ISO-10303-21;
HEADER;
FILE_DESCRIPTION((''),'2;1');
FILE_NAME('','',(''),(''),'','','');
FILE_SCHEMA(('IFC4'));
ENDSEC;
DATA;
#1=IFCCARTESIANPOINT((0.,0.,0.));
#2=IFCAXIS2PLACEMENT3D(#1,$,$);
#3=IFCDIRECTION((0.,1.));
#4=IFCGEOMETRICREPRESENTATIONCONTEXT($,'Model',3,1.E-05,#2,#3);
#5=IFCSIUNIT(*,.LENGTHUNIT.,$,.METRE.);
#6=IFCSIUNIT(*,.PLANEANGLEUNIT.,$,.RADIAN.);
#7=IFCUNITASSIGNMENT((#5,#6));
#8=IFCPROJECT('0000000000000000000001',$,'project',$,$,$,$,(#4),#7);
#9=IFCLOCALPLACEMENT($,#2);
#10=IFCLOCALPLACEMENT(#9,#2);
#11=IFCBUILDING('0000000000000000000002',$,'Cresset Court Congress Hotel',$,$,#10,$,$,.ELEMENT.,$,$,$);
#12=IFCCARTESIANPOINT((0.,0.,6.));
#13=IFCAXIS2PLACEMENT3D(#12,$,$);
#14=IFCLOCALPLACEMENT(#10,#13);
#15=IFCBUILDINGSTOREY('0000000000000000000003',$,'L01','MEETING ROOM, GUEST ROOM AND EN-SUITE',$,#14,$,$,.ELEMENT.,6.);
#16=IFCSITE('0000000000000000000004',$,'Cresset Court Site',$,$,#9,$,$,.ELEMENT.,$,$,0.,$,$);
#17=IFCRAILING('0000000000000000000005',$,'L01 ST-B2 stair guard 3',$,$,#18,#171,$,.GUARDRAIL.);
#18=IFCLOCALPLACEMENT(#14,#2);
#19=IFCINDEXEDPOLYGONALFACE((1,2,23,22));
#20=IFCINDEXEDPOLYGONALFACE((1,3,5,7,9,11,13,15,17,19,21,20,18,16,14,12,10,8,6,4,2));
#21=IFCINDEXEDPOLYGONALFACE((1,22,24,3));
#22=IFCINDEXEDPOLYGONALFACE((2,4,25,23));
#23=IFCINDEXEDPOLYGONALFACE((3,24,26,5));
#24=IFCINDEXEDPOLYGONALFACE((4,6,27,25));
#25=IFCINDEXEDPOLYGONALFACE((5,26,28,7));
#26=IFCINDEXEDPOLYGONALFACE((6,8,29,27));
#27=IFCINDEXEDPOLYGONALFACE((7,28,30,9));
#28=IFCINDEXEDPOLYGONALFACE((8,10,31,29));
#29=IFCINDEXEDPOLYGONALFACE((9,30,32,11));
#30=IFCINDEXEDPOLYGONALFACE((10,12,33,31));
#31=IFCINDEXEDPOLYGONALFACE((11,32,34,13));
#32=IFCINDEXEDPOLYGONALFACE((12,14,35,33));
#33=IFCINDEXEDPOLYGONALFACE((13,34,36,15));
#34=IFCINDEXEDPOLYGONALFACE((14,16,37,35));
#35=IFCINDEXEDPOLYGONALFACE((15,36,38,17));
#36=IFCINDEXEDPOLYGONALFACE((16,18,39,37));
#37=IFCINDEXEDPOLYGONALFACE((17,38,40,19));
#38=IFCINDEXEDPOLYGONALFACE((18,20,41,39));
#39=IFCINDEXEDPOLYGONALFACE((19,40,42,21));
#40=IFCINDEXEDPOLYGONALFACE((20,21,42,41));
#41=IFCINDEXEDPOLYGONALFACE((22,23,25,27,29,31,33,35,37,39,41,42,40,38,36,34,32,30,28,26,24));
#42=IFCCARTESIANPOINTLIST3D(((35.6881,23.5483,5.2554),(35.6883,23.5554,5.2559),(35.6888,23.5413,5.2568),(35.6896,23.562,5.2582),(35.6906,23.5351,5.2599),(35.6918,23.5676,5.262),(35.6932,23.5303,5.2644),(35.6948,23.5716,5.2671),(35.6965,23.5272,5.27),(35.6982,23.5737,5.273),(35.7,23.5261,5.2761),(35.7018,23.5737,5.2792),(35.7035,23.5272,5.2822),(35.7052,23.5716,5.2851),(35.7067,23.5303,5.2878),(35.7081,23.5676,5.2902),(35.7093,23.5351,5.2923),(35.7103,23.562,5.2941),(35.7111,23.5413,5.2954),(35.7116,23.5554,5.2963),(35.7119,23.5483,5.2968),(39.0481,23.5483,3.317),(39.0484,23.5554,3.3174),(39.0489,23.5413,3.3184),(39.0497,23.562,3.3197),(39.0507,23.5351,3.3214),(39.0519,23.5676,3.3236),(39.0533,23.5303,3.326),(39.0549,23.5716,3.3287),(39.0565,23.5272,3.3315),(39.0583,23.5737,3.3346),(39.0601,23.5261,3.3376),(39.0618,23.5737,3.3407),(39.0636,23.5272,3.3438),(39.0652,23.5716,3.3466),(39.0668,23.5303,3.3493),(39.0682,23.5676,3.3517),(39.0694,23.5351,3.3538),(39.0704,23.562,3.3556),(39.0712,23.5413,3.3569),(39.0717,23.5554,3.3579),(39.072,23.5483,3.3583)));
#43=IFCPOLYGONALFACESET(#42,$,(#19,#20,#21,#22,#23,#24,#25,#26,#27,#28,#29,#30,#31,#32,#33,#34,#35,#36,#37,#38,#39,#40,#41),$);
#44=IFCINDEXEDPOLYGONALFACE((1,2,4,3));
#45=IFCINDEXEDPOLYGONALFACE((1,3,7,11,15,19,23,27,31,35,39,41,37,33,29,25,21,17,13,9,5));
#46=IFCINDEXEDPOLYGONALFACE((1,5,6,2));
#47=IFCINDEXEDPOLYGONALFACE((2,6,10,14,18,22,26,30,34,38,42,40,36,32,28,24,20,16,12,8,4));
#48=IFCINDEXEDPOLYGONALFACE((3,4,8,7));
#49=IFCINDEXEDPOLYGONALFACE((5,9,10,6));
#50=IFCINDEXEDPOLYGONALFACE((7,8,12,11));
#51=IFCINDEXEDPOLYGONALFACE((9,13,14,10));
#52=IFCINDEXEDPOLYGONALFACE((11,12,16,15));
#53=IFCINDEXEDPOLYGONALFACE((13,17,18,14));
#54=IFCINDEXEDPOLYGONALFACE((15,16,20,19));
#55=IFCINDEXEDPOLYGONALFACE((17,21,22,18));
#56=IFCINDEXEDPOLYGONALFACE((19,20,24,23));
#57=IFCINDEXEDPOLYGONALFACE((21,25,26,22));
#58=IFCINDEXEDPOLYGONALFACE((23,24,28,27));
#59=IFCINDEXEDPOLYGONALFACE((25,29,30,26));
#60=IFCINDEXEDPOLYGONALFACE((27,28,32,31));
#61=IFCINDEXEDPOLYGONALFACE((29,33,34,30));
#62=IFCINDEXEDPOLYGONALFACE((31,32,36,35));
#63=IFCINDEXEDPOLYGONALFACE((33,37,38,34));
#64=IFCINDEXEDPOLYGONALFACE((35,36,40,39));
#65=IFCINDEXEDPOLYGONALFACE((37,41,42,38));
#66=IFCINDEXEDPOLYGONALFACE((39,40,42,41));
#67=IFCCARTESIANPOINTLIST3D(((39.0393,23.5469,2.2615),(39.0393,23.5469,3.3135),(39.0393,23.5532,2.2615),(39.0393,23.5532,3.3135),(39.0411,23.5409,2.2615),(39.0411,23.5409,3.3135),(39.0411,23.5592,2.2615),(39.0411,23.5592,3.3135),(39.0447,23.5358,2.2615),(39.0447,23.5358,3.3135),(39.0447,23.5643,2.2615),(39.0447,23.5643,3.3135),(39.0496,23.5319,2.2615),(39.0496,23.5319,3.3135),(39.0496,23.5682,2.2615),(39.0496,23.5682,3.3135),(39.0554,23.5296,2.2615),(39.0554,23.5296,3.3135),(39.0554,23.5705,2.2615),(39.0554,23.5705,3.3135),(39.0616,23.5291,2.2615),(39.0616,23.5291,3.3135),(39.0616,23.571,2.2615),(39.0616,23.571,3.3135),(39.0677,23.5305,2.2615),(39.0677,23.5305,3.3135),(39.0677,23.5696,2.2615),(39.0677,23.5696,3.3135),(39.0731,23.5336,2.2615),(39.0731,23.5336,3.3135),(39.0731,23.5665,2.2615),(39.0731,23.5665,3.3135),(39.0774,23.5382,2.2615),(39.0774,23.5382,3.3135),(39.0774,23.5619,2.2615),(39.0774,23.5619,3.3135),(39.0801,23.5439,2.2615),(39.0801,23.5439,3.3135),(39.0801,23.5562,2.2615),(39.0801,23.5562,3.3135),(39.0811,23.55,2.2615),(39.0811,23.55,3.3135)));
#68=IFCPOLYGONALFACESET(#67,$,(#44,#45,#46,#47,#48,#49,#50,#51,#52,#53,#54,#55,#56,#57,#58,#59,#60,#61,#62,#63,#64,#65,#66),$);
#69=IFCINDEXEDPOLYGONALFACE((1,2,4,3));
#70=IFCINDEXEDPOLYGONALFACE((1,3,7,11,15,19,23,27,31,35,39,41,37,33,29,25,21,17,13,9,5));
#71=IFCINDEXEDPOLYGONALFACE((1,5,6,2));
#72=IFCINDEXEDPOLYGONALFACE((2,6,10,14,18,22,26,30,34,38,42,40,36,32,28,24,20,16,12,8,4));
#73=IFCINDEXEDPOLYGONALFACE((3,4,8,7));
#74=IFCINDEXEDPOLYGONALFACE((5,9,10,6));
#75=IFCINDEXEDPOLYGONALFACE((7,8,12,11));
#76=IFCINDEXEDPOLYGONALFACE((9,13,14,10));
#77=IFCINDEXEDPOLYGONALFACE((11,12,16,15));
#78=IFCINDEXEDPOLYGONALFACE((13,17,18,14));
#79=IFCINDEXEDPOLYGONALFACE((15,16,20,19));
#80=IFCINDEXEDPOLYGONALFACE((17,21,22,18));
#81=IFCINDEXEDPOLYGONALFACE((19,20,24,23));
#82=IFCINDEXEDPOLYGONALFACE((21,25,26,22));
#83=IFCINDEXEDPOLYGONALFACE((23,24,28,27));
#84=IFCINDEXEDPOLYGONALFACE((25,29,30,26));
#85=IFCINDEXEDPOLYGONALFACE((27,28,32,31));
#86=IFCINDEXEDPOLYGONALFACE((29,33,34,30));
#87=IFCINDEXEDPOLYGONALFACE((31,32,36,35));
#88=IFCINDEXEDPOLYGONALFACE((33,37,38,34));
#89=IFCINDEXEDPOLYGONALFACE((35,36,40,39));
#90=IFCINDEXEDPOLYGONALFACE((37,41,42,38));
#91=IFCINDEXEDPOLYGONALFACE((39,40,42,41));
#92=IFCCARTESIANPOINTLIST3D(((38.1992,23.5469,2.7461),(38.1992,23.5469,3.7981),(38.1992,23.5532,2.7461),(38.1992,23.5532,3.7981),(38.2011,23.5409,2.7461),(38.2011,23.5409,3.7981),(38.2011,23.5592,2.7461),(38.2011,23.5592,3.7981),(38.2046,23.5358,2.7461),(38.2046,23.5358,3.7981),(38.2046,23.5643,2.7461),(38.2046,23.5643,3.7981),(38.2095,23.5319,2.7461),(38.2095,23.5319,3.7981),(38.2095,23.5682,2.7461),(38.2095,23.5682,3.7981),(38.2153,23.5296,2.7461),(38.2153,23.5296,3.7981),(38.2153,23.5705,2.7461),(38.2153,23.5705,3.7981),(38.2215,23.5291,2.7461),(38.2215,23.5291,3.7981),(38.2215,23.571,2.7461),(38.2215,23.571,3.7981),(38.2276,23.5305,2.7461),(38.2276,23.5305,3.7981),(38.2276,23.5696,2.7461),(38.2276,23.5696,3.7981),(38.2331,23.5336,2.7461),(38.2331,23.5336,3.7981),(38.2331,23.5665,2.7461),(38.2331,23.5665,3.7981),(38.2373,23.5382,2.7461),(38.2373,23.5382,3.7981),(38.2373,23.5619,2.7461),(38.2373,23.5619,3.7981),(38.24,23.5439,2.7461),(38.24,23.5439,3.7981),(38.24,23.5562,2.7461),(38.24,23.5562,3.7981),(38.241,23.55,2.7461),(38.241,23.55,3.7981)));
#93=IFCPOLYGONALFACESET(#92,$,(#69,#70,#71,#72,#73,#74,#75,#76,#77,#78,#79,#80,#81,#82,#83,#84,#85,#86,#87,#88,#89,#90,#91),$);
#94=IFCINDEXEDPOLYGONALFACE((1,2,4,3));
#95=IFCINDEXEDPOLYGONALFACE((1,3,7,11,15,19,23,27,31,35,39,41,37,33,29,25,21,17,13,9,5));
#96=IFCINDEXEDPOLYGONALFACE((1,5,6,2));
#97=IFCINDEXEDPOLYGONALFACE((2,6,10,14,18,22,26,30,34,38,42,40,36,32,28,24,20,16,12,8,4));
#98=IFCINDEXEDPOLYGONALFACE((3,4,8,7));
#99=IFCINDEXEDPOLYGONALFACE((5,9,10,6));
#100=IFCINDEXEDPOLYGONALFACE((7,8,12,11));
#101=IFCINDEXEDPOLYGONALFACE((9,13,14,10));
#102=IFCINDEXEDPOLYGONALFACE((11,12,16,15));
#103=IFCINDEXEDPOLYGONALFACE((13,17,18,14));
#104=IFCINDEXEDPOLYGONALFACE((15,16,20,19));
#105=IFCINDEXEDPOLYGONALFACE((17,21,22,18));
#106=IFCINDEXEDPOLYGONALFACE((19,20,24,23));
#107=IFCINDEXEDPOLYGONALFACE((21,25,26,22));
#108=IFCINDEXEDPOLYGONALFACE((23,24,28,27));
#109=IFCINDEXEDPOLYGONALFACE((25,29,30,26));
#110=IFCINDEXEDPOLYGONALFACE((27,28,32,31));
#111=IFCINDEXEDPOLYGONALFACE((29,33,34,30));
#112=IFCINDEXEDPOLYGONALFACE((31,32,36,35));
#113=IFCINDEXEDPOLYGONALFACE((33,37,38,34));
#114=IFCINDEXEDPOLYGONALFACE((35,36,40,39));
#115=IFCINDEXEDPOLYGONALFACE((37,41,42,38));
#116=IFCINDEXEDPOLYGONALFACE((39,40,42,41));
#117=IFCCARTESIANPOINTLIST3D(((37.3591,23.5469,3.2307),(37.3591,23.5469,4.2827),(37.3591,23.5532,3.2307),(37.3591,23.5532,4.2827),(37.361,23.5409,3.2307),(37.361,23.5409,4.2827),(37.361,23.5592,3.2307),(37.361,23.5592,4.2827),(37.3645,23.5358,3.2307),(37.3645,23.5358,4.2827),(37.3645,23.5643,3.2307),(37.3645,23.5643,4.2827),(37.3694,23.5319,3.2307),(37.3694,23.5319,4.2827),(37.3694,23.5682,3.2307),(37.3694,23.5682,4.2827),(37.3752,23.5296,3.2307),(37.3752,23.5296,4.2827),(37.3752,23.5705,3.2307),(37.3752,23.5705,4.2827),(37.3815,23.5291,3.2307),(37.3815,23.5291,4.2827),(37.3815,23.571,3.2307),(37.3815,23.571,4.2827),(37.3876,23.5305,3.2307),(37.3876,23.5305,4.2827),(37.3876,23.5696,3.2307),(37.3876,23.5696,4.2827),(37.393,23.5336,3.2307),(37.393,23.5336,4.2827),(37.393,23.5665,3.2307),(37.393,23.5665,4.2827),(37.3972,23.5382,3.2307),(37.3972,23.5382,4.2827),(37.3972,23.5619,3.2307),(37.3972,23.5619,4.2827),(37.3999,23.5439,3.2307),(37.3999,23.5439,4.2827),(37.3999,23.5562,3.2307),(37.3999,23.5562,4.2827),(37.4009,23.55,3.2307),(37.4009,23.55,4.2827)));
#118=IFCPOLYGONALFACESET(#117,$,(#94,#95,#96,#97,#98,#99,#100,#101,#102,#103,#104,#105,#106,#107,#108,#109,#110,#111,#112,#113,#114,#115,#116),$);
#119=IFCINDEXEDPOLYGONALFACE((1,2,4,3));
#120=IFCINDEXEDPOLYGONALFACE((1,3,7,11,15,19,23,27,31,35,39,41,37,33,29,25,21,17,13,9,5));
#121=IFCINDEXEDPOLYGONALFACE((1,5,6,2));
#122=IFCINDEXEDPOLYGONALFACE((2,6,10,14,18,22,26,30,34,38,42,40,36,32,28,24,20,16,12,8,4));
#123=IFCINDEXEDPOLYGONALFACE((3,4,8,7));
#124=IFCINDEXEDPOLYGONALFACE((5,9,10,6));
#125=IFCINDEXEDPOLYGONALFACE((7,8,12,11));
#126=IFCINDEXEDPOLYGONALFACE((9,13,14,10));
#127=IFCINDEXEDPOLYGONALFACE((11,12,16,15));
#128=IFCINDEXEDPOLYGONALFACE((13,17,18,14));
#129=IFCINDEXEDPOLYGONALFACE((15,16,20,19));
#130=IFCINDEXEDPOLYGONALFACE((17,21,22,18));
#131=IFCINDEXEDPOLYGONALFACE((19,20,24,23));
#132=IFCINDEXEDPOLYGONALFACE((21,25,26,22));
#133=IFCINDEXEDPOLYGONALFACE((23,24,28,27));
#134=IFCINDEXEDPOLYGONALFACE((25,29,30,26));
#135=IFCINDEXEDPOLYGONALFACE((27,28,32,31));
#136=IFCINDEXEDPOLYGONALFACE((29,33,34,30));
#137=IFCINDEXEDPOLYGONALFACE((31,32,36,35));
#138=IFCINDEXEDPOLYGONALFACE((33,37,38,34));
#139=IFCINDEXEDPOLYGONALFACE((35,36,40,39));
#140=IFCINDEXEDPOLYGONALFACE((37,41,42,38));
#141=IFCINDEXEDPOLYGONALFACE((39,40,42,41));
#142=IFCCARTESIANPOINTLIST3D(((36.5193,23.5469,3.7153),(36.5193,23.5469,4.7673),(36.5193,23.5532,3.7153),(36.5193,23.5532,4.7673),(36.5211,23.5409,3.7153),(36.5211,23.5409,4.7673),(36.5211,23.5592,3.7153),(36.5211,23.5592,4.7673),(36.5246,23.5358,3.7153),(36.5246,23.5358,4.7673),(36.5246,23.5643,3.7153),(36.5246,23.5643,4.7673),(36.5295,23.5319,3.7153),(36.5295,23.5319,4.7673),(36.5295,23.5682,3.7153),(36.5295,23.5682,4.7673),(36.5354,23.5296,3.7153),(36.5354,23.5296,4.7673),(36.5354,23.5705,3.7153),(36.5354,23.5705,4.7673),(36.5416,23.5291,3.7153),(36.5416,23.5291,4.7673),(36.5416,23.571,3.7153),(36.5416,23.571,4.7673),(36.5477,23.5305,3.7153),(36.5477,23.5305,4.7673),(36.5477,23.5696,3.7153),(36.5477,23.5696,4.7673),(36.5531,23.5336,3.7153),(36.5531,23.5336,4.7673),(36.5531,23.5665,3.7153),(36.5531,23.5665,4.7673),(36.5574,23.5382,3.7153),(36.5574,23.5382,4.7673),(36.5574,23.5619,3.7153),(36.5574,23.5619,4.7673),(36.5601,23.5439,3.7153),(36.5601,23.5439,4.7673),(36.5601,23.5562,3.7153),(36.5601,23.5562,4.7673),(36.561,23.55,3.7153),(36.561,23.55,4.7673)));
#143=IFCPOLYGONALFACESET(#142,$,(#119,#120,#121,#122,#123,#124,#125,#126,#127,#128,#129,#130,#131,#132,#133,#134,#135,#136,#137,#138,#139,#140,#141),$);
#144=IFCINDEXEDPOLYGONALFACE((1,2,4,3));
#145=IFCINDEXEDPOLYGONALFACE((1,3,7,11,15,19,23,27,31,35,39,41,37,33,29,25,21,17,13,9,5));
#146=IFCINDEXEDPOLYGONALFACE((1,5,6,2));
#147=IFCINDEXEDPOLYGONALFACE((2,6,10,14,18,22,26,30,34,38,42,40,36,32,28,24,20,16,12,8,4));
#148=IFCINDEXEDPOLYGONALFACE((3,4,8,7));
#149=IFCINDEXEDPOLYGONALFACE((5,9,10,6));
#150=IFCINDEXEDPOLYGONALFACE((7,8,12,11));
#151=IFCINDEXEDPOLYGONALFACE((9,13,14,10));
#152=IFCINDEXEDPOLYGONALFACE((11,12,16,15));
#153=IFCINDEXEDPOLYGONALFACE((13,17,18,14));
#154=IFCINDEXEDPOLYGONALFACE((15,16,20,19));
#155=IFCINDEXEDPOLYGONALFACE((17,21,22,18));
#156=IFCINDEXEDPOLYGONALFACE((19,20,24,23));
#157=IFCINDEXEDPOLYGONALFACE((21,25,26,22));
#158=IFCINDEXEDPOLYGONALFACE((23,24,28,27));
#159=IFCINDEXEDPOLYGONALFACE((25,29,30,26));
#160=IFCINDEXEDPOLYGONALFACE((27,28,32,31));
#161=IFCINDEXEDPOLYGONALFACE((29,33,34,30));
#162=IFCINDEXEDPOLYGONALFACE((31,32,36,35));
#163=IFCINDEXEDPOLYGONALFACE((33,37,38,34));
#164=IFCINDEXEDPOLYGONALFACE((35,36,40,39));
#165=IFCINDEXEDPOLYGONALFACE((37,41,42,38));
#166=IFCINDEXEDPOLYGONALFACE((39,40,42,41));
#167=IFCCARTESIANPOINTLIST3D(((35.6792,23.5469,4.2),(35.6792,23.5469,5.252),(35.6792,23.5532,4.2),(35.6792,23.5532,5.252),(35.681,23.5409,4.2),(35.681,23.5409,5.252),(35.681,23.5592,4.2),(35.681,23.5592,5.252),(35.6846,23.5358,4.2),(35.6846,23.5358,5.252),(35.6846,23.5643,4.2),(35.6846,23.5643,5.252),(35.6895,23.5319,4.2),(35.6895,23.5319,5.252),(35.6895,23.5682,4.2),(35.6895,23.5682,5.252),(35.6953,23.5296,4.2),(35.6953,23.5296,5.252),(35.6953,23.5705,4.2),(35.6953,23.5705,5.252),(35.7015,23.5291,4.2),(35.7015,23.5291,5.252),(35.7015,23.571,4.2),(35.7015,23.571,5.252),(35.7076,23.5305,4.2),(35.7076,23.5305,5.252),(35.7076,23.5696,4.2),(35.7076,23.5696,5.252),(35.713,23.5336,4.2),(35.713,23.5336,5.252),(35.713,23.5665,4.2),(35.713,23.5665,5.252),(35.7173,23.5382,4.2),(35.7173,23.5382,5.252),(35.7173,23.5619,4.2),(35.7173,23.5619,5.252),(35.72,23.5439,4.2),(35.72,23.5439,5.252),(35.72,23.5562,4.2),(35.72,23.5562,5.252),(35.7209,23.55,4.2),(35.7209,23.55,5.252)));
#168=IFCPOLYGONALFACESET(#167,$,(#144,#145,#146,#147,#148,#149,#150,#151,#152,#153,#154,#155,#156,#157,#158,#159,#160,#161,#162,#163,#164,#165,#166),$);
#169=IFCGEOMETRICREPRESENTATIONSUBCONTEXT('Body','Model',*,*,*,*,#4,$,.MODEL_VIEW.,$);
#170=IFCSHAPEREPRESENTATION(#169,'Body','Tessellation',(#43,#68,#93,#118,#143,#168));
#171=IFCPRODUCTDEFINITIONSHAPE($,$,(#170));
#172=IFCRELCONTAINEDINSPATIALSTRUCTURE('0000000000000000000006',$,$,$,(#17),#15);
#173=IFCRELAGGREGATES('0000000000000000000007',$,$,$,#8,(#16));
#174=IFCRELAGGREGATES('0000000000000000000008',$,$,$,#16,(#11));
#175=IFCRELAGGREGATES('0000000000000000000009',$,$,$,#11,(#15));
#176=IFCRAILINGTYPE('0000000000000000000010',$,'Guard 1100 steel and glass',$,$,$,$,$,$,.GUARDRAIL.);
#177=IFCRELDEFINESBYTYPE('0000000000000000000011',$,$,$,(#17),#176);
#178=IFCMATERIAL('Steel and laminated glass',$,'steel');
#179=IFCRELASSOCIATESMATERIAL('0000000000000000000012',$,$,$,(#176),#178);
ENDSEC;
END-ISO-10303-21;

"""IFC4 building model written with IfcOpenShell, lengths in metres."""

from ifc_helpers import new_model, si_unit, direction, frame, origin, origin_2d, place, context, subcontext, project, spatial, circle, extrude, material, type_object, element, save


model = new_model("IFC4")

# Units and contexts
model_context = context("Model", 3, precision=1e-05, world=origin(), true_north=direction((0.0, 1.0)))
body_context = subcontext(model_context, "Body", "Model", "MODEL_VIEW")
ifc_project = project(units=[si_unit("LENGTHUNIT", "METRE"), si_unit("PLANEANGLEUNIT", "RADIAN")], contexts=[model_context])

# Site, building, storey
site_placement = place(None, origin())
site = spatial("IfcSite", under=ifc_project, at=site_placement, Name="Cresset Court Site", CompositionType="ELEMENT", RefElevation=0.0)
building_placement = place(site_placement, origin())
building = spatial("IfcBuilding", under=site, at=building_placement, Name="Cresset Court Congress Hotel", CompositionType="ELEMENT")
storey_placement = place(building_placement, frame((0.0, 0.0, 6.0)))
storey = spatial("IfcBuildingStorey", under=building, at=storey_placement, Name="L01", Description="MEETING ROOM, GUEST ROOM AND EN-SUITE", CompositionType="ELEMENT", Elevation=6.0)

# Railing
ifc_material_1 = material(Name="Steel and laminated glass", Category="steel")
railing_type_1 = type_object("IfcRailingType", Name="Guard 1100 steel and glass", PredefinedType="GUARDRAIL", material=ifc_material_1)
railing_1_placement = place(storey_placement, frame((39.0601, 23.55, 2.2615)))
element("IfcRailing", 1, at=railing_1_placement, inside=storey, type_object=railing_type_1, Name="L01 ST-B2 stair guard 3", PredefinedType="GUARDRAIL", context=body_context, shape_type="SweptSolid", body=[
    extrude(circle(Radius=0.0239, at=origin_2d()), frame((0.0, 0.0, 1.0762), z_axis=(-0.866191, 0.0, 0.499713), x_axis=(0.0, -1.0, 0.0)), (0.0, 0.0, 1.0), 3.8792),
    extrude(circle(Radius=0.021, at=origin_2d()), origin(), (0.0, 0.0, 1.0), 1.052),
    extrude(circle(Radius=0.021, at=origin_2d()), frame((-0.8401, 0.0, 0.4846)), (0.0, 0.0, 1.0), 1.052),
    extrude(circle(Radius=0.021, at=origin_2d()), frame((-1.6802, 0.0, 0.9692)), (0.0, 0.0, 1.0), 1.052),
    extrude(circle(Radius=0.021, at=origin_2d()), frame((-2.52, 0.0, 1.4539)), (0.0, 0.0, 1.0), 1.052),
    extrude(circle(Radius=0.021, at=origin_2d()), frame((-3.3601, 0.0, 1.9385)), (0.0, 0.0, 1.0), 1.052),
])

save(model, "model.ifc")
